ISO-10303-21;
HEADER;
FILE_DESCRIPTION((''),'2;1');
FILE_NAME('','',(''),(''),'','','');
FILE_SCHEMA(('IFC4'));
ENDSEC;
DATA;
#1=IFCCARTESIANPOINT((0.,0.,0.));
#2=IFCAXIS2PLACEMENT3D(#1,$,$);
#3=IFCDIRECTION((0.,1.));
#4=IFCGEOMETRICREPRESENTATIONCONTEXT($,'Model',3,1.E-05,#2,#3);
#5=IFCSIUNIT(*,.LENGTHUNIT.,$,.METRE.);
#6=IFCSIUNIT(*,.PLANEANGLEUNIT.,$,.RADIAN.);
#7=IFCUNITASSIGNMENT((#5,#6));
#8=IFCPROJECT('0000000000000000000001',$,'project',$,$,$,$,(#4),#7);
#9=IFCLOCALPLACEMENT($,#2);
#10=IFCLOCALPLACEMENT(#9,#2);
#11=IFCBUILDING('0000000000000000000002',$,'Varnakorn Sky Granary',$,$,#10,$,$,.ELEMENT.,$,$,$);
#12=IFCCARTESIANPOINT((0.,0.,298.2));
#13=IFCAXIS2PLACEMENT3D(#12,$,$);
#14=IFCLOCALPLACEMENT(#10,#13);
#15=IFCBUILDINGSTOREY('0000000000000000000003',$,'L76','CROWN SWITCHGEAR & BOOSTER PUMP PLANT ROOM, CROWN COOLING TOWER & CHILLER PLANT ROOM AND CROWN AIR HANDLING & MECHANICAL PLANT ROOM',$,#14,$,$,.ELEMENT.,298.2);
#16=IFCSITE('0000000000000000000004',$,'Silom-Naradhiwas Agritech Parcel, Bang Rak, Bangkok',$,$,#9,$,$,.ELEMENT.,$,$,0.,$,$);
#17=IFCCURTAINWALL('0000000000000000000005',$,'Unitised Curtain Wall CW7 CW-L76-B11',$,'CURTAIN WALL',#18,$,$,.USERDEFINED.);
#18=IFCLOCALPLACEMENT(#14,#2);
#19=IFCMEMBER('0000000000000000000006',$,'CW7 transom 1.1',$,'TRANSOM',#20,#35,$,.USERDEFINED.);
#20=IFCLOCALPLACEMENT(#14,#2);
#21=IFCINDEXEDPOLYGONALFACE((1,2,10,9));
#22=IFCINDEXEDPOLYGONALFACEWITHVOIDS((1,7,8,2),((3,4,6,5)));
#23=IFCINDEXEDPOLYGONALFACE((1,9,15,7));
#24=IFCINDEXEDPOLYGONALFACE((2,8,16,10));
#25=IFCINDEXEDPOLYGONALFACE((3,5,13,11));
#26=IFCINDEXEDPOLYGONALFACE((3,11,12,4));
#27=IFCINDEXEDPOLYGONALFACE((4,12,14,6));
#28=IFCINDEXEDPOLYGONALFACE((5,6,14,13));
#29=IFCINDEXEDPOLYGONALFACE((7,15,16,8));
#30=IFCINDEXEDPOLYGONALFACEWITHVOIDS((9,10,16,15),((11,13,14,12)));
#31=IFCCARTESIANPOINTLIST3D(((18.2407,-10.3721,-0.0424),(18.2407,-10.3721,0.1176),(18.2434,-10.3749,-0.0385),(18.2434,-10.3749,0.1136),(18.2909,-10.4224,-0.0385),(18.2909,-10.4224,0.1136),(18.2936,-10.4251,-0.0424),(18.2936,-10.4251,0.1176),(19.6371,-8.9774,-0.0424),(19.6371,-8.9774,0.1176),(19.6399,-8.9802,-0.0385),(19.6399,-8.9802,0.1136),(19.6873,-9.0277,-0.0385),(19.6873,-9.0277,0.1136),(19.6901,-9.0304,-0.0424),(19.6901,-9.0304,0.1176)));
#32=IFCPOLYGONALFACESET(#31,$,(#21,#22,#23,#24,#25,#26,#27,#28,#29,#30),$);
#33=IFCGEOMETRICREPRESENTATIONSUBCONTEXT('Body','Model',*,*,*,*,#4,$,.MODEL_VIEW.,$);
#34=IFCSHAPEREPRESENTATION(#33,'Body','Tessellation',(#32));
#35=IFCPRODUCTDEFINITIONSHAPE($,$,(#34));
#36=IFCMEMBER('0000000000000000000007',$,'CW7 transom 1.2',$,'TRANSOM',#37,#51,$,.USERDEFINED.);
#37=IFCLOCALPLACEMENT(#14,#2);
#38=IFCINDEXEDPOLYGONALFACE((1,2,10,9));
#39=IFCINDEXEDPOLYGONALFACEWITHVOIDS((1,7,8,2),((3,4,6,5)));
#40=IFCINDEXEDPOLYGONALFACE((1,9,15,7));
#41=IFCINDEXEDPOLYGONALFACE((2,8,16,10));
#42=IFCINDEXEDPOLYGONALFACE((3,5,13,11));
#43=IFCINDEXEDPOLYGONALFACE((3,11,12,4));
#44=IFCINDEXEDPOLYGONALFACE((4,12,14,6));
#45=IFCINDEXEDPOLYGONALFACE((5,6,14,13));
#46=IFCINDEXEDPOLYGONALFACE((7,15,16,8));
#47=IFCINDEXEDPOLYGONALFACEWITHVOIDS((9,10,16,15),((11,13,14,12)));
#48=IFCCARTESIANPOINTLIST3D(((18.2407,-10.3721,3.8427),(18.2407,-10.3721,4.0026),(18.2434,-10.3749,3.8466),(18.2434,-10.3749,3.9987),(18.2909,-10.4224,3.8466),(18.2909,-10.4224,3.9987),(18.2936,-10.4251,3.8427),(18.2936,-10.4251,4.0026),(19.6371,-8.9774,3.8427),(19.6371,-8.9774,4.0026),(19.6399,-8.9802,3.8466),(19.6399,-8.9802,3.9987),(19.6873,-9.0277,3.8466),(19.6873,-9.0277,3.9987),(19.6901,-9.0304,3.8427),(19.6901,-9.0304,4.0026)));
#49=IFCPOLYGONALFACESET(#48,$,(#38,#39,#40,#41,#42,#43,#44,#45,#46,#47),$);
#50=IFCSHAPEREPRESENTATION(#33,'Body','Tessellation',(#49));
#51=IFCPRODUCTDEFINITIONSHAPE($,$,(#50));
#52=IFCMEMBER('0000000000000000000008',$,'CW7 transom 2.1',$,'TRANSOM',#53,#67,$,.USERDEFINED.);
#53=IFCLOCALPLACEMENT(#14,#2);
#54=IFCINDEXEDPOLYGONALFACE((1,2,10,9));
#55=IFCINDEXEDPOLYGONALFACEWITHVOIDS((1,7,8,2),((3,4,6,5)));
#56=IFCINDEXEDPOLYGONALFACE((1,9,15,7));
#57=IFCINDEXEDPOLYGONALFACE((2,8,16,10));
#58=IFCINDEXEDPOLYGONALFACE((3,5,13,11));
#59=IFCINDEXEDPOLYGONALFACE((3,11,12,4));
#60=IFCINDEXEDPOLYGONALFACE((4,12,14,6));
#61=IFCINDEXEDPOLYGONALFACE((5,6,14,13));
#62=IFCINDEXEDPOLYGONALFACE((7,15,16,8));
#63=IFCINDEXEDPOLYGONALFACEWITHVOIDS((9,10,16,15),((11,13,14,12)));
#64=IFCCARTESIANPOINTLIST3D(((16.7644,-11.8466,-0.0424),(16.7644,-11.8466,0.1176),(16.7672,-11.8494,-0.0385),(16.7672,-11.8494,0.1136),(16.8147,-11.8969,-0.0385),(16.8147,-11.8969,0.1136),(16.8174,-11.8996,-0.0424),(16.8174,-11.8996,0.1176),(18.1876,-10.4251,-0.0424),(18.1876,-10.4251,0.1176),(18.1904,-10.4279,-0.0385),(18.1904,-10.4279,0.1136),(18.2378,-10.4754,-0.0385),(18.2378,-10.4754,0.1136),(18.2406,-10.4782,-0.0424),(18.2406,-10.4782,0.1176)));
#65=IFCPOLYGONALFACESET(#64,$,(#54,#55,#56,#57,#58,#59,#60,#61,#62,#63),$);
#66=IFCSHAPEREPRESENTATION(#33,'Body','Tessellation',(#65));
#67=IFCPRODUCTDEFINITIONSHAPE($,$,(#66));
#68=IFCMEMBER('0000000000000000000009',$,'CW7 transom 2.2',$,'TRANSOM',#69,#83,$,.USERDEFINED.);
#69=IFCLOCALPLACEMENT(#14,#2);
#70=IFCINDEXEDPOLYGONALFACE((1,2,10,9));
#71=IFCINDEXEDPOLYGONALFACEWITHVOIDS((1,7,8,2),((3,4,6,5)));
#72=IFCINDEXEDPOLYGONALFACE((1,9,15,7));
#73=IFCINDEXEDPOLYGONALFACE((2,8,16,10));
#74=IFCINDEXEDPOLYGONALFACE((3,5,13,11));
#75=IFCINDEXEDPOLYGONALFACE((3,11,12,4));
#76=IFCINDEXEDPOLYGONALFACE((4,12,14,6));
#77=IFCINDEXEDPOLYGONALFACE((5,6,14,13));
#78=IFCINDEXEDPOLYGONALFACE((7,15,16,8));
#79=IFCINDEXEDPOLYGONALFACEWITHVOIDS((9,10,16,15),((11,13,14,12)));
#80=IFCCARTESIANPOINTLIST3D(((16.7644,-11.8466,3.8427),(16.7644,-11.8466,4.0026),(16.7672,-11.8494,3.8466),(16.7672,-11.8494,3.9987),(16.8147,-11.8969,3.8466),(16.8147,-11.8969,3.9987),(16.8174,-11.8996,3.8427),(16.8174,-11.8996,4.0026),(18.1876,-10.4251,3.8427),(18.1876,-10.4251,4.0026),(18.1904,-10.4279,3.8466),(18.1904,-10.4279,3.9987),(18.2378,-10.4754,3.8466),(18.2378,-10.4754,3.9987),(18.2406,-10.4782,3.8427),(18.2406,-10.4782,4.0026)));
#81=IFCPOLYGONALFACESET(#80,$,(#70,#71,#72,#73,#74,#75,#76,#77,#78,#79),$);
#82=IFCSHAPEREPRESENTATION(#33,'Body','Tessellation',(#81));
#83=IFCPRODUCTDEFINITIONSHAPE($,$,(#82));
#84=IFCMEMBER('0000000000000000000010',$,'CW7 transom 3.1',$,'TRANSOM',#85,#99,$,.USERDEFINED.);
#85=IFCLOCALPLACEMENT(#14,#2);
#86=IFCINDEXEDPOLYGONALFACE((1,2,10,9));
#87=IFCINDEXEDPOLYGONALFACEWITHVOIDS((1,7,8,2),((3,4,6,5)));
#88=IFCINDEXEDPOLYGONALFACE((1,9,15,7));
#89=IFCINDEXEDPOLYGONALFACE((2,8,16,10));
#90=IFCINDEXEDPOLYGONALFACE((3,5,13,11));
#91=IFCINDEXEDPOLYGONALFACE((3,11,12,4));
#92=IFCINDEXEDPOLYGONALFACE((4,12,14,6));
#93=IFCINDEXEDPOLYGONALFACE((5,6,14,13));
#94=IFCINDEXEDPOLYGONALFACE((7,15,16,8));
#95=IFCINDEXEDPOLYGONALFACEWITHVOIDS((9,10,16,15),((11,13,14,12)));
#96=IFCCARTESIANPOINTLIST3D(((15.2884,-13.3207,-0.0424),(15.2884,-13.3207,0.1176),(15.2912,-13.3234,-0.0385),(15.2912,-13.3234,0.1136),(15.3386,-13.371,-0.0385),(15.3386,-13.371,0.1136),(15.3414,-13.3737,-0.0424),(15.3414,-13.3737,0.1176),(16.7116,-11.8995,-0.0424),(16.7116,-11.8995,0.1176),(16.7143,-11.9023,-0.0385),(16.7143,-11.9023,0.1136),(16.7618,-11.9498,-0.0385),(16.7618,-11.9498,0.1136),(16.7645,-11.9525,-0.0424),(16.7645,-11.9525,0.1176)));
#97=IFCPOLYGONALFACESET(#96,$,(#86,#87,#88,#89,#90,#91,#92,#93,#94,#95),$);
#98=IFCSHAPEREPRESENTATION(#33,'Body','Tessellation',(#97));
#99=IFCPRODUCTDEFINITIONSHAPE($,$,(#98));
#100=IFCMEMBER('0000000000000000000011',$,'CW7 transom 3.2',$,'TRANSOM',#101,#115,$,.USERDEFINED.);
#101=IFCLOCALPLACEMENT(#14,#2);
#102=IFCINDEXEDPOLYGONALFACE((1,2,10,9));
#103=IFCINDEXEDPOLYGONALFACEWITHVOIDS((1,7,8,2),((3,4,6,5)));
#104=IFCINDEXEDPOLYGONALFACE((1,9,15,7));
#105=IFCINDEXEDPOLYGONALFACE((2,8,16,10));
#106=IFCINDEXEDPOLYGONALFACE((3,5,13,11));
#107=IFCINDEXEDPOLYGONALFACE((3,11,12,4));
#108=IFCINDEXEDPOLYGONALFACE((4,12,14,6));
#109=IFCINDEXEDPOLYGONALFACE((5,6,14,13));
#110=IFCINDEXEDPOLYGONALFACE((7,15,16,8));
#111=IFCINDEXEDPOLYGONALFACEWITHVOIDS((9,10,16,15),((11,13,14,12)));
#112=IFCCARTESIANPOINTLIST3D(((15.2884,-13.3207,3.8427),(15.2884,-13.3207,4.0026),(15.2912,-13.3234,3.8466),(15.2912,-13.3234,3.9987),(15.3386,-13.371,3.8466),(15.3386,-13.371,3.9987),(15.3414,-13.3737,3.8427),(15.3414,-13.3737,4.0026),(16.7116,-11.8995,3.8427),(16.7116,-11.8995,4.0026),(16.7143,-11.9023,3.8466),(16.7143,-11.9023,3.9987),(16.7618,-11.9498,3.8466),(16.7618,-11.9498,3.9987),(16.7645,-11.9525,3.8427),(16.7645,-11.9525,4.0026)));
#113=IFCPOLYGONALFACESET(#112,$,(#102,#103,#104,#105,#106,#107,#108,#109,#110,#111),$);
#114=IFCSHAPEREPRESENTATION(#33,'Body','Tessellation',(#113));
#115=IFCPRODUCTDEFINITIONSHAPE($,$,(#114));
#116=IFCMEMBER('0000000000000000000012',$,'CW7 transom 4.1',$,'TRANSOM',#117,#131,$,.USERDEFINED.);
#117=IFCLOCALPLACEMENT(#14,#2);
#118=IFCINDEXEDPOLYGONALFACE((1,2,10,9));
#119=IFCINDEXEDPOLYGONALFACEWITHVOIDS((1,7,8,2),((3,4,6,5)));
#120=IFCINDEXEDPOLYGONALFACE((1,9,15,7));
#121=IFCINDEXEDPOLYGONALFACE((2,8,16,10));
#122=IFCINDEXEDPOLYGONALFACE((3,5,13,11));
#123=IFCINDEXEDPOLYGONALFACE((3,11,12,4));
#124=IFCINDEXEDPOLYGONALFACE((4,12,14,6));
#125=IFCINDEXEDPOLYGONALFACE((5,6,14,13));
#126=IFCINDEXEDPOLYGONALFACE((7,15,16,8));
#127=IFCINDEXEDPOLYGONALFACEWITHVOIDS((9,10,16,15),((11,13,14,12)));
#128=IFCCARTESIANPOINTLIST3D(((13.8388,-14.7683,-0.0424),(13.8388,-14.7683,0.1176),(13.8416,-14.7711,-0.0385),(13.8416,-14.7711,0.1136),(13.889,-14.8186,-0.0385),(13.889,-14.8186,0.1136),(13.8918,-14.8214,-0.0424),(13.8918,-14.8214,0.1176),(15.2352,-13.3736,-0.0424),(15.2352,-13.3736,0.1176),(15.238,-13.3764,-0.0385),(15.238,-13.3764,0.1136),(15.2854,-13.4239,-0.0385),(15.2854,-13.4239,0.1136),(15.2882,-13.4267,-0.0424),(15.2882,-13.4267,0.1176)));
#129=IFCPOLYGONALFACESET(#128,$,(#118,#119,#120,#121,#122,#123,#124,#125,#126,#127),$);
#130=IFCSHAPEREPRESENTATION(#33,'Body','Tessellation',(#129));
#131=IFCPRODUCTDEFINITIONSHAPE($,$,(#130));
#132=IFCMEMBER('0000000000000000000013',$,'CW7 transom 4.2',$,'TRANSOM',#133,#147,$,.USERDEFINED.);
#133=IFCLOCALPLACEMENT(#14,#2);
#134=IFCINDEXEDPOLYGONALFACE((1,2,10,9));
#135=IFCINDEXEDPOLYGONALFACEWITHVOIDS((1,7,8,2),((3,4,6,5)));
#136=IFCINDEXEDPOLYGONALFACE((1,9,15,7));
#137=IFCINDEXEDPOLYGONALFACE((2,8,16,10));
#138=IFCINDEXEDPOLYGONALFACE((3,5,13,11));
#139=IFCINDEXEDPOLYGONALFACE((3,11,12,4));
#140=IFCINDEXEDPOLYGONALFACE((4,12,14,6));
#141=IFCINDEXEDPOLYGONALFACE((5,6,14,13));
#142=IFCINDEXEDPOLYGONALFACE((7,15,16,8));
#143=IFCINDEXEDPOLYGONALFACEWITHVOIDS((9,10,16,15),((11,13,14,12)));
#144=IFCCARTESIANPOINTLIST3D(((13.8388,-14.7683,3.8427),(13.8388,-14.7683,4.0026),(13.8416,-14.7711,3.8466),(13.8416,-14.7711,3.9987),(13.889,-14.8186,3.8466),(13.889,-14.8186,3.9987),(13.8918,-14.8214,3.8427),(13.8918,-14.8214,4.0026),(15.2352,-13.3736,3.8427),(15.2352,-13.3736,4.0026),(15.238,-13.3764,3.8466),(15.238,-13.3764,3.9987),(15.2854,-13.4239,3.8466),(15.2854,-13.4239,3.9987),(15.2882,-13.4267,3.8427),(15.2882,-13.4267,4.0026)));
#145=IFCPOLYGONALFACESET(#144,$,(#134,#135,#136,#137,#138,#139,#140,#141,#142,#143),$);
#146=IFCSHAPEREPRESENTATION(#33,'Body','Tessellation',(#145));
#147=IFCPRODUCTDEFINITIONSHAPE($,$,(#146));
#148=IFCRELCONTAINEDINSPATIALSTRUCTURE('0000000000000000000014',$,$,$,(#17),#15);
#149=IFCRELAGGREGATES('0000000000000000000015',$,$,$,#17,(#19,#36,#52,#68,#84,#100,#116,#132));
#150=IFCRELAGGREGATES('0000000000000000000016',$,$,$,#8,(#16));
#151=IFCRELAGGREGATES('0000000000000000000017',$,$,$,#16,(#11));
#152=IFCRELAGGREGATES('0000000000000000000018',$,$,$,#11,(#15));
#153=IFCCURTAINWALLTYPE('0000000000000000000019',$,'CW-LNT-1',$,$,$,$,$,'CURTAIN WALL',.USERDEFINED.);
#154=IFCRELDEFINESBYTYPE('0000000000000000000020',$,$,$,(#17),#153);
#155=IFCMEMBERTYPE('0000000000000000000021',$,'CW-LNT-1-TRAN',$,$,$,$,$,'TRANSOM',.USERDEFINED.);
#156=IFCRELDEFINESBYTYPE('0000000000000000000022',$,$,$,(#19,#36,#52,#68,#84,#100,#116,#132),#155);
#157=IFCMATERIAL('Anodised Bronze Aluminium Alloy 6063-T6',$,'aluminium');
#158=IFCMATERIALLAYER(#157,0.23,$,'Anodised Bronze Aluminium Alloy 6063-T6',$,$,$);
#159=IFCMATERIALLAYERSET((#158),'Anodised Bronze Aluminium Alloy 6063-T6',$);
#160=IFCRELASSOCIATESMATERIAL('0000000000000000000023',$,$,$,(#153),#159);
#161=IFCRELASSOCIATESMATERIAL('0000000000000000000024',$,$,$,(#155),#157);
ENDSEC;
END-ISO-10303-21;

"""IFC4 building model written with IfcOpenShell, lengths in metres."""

from ifc_helpers import new_model, si_unit, direction, frame, origin, origin_2d, place, context, subcontext, project, spatial, hollow_rectangle, extrude, material, layer, layer_set, material_profile, profile_set, type_object, element, aggregate, save


model = new_model("IFC4")

# Units and contexts
model_context = context("Model", 3, precision=1e-05, world=origin(), true_north=direction((0.0, 1.0)))
body_context = subcontext(model_context, "Body", "Model", "MODEL_VIEW")
ifc_project = project(units=[si_unit("LENGTHUNIT", "METRE"), si_unit("PLANEANGLEUNIT", "RADIAN")], contexts=[model_context])

# Site, building, storey
site_placement = place(None, origin())
site = spatial("IfcSite", under=ifc_project, at=site_placement, Name="Silom-Naradhiwas Agritech Parcel, Bang Rak, Bangkok", CompositionType="ELEMENT", RefElevation=0.0)
building_placement = place(site_placement, origin())
building = spatial("IfcBuilding", under=site, at=building_placement, Name="Varnakorn Sky Granary", CompositionType="ELEMENT")
storey_placement = place(building_placement, frame((0.0, 0.0, 298.2)))
storey = spatial("IfcBuildingStorey", under=building, at=storey_placement, Name="L76", Description="CROWN SWITCHGEAR & BOOSTER PUMP PLANT ROOM, CROWN COOLING TOWER & CHILLER PLANT ROOM AND CROWN AIR HANDLING & MECHANICAL PLANT ROOM", CompositionType="ELEMENT", Elevation=298.2)

# Curtain wall
ifc_material_1 = material(Name="Anodised Bronze Aluminium Alloy 6063-T6", Category="aluminium")
ifc_layer_1 = layer(ifc_material_1, 0.23, Name="Anodised Bronze Aluminium Alloy 6063-T6")
ifc_layer_set_1 = layer_set([ifc_layer_1], Name="Anodised Bronze Aluminium Alloy 6063-T6")
curtain_wall_type = type_object("IfcCurtainWallType", Name="CW-LNT-1", ElementType="CURTAIN WALL", PredefinedType="USERDEFINED", material=ifc_layer_set_1)
curtain_wall_1_placement = place(storey_placement, origin())
curtain_wall_1 = element("IfcCurtainWall", 1, at=curtain_wall_1_placement, inside=storey, type_object=curtain_wall_type, Name="Unitised Curtain Wall CW7 CW-L76-B11", ObjectType="CURTAIN WALL", PredefinedType="USERDEFINED")

# Members
ifc_material_profile_1 = material_profile(ifc_material_1, hollow_rectangle(XDim=0.075, YDim=0.1599, WallThickness=0.0039, at=origin_2d()), Name="ALU TRAN 75x160")
ifc_profile_set_1 = profile_set([ifc_material_profile_1], Name="Anodised Bronze Aluminium Alloy 6063-T6")
member_type_1 = type_object("IfcMemberType", Name="CW-LNT-1-TRAN", ElementType="TRANSOM", PredefinedType="USERDEFINED", material=ifc_profile_set_1)
member_1_placement = place(storey_placement, frame((19.6636, -9.0039, 0.0376), z_axis=(-0.70754, -0.706674, 0.0), x_axis=(0.706674, -0.70754, 0.0)))
member_1 = element("IfcMember", 2, at=member_1_placement, type_object=member_type_1, Name="CW7 transom 1.1", ObjectType="TRANSOM", PredefinedType="USERDEFINED", context=body_context, shape_type="SweptSolid", body=[
    extrude(hollow_rectangle(XDim=0.075, YDim=0.1599, WallThickness=0.0039, at=origin_2d()), origin(), (0.0, 0.0, 1.0), 1.9736),
])
member_2_placement = place(storey_placement, frame((19.6636, -9.0039, 3.9226), z_axis=(-0.70754, -0.706674, 0.0), x_axis=(0.706674, -0.70754, 0.0)))
member_2 = element("IfcMember", 3, at=member_2_placement, type_object=member_type_1, Name="CW7 transom 1.2", ObjectType="TRANSOM", PredefinedType="USERDEFINED", context=body_context, shape_type="SweptSolid", body=[
    extrude(hollow_rectangle(XDim=0.075, YDim=0.1599, WallThickness=0.0039, at=origin_2d()), origin(), (0.0, 0.0, 1.0), 1.9736),
])
member_3_placement = place(storey_placement, frame((18.2141, -10.4517, 0.0376), z_axis=(-0.707531, -0.706682, 0.0), x_axis=(0.706682, -0.707531, 0.0)))
member_3 = element("IfcMember", 4, at=member_3_placement, type_object=member_type_1, Name="CW7 transom 2.1", ObjectType="TRANSOM", PredefinedType="USERDEFINED", context=body_context, shape_type="SweptSolid", body=[
    extrude(hollow_rectangle(XDim=0.075, YDim=0.1599, WallThickness=0.0039, at=origin_2d()), origin(), (0.0, 0.0, 1.0), 2.0115),
])
member_4_placement = place(storey_placement, frame((18.2141, -10.4517, 3.9226), z_axis=(-0.707531, -0.706682, 0.0), x_axis=(0.706682, -0.707531, 0.0)))
member_4 = element("IfcMember", 5, at=member_4_placement, type_object=member_type_1, Name="CW7 transom 2.2", ObjectType="TRANSOM", PredefinedType="USERDEFINED", context=body_context, shape_type="SweptSolid", body=[
    extrude(hollow_rectangle(XDim=0.075, YDim=0.1599, WallThickness=0.0039, at=origin_2d()), origin(), (0.0, 0.0, 1.0), 2.0115),
])
member_5_placement = place(storey_placement, frame((16.738, -11.926, 0.0376), z_axis=(-0.707592, -0.706621, 0.0), x_axis=(0.706621, -0.707592, 0.0)))
member_5 = element("IfcMember", 6, at=member_5_placement, type_object=member_type_1, Name="CW7 transom 3.1", ObjectType="TRANSOM", PredefinedType="USERDEFINED", context=body_context, shape_type="SweptSolid", body=[
    extrude(hollow_rectangle(XDim=0.075, YDim=0.1599, WallThickness=0.0039, at=origin_2d()), origin(), (0.0, 0.0, 1.0), 2.0112),
])
member_6_placement = place(storey_placement, frame((16.738, -11.926, 3.9226), z_axis=(-0.707592, -0.706621, 0.0), x_axis=(0.706621, -0.707592, 0.0)))
member_6 = element("IfcMember", 7, at=member_6_placement, type_object=member_type_1, Name="CW7 transom 3.2", ObjectType="TRANSOM", PredefinedType="USERDEFINED", context=body_context, shape_type="SweptSolid", body=[
    extrude(hollow_rectangle(XDim=0.075, YDim=0.1599, WallThickness=0.0039, at=origin_2d()), origin(), (0.0, 0.0, 1.0), 2.0112),
])
member_7_placement = place(storey_placement, frame((15.2617, -13.4001, 0.0376), z_axis=(-0.70754, -0.706674, 0.0), x_axis=(0.706674, -0.70754, 0.0)))
member_7 = element("IfcMember", 8, at=member_7_placement, type_object=member_type_1, Name="CW7 transom 4.1", ObjectType="TRANSOM", PredefinedType="USERDEFINED", context=body_context, shape_type="SweptSolid", body=[
    extrude(hollow_rectangle(XDim=0.075, YDim=0.1599, WallThickness=0.0039, at=origin_2d()), origin(), (0.0, 0.0, 1.0), 1.9736),
])
member_8_placement = place(storey_placement, frame((15.2617, -13.4001, 3.9226), z_axis=(-0.70754, -0.706674, 0.0), x_axis=(0.706674, -0.70754, 0.0)))
member_8 = element("IfcMember", 9, at=member_8_placement, type_object=member_type_1, Name="CW7 transom 4.2", ObjectType="TRANSOM", PredefinedType="USERDEFINED", context=body_context, shape_type="SweptSolid", body=[
    extrude(hollow_rectangle(XDim=0.075, YDim=0.1599, WallThickness=0.0039, at=origin_2d()), origin(), (0.0, 0.0, 1.0), 1.9736),
])

aggregate(curtain_wall_1, [member_1, member_2, member_3, member_4, member_5, member_6, member_7, member_8])

save(model, "model.ifc")
